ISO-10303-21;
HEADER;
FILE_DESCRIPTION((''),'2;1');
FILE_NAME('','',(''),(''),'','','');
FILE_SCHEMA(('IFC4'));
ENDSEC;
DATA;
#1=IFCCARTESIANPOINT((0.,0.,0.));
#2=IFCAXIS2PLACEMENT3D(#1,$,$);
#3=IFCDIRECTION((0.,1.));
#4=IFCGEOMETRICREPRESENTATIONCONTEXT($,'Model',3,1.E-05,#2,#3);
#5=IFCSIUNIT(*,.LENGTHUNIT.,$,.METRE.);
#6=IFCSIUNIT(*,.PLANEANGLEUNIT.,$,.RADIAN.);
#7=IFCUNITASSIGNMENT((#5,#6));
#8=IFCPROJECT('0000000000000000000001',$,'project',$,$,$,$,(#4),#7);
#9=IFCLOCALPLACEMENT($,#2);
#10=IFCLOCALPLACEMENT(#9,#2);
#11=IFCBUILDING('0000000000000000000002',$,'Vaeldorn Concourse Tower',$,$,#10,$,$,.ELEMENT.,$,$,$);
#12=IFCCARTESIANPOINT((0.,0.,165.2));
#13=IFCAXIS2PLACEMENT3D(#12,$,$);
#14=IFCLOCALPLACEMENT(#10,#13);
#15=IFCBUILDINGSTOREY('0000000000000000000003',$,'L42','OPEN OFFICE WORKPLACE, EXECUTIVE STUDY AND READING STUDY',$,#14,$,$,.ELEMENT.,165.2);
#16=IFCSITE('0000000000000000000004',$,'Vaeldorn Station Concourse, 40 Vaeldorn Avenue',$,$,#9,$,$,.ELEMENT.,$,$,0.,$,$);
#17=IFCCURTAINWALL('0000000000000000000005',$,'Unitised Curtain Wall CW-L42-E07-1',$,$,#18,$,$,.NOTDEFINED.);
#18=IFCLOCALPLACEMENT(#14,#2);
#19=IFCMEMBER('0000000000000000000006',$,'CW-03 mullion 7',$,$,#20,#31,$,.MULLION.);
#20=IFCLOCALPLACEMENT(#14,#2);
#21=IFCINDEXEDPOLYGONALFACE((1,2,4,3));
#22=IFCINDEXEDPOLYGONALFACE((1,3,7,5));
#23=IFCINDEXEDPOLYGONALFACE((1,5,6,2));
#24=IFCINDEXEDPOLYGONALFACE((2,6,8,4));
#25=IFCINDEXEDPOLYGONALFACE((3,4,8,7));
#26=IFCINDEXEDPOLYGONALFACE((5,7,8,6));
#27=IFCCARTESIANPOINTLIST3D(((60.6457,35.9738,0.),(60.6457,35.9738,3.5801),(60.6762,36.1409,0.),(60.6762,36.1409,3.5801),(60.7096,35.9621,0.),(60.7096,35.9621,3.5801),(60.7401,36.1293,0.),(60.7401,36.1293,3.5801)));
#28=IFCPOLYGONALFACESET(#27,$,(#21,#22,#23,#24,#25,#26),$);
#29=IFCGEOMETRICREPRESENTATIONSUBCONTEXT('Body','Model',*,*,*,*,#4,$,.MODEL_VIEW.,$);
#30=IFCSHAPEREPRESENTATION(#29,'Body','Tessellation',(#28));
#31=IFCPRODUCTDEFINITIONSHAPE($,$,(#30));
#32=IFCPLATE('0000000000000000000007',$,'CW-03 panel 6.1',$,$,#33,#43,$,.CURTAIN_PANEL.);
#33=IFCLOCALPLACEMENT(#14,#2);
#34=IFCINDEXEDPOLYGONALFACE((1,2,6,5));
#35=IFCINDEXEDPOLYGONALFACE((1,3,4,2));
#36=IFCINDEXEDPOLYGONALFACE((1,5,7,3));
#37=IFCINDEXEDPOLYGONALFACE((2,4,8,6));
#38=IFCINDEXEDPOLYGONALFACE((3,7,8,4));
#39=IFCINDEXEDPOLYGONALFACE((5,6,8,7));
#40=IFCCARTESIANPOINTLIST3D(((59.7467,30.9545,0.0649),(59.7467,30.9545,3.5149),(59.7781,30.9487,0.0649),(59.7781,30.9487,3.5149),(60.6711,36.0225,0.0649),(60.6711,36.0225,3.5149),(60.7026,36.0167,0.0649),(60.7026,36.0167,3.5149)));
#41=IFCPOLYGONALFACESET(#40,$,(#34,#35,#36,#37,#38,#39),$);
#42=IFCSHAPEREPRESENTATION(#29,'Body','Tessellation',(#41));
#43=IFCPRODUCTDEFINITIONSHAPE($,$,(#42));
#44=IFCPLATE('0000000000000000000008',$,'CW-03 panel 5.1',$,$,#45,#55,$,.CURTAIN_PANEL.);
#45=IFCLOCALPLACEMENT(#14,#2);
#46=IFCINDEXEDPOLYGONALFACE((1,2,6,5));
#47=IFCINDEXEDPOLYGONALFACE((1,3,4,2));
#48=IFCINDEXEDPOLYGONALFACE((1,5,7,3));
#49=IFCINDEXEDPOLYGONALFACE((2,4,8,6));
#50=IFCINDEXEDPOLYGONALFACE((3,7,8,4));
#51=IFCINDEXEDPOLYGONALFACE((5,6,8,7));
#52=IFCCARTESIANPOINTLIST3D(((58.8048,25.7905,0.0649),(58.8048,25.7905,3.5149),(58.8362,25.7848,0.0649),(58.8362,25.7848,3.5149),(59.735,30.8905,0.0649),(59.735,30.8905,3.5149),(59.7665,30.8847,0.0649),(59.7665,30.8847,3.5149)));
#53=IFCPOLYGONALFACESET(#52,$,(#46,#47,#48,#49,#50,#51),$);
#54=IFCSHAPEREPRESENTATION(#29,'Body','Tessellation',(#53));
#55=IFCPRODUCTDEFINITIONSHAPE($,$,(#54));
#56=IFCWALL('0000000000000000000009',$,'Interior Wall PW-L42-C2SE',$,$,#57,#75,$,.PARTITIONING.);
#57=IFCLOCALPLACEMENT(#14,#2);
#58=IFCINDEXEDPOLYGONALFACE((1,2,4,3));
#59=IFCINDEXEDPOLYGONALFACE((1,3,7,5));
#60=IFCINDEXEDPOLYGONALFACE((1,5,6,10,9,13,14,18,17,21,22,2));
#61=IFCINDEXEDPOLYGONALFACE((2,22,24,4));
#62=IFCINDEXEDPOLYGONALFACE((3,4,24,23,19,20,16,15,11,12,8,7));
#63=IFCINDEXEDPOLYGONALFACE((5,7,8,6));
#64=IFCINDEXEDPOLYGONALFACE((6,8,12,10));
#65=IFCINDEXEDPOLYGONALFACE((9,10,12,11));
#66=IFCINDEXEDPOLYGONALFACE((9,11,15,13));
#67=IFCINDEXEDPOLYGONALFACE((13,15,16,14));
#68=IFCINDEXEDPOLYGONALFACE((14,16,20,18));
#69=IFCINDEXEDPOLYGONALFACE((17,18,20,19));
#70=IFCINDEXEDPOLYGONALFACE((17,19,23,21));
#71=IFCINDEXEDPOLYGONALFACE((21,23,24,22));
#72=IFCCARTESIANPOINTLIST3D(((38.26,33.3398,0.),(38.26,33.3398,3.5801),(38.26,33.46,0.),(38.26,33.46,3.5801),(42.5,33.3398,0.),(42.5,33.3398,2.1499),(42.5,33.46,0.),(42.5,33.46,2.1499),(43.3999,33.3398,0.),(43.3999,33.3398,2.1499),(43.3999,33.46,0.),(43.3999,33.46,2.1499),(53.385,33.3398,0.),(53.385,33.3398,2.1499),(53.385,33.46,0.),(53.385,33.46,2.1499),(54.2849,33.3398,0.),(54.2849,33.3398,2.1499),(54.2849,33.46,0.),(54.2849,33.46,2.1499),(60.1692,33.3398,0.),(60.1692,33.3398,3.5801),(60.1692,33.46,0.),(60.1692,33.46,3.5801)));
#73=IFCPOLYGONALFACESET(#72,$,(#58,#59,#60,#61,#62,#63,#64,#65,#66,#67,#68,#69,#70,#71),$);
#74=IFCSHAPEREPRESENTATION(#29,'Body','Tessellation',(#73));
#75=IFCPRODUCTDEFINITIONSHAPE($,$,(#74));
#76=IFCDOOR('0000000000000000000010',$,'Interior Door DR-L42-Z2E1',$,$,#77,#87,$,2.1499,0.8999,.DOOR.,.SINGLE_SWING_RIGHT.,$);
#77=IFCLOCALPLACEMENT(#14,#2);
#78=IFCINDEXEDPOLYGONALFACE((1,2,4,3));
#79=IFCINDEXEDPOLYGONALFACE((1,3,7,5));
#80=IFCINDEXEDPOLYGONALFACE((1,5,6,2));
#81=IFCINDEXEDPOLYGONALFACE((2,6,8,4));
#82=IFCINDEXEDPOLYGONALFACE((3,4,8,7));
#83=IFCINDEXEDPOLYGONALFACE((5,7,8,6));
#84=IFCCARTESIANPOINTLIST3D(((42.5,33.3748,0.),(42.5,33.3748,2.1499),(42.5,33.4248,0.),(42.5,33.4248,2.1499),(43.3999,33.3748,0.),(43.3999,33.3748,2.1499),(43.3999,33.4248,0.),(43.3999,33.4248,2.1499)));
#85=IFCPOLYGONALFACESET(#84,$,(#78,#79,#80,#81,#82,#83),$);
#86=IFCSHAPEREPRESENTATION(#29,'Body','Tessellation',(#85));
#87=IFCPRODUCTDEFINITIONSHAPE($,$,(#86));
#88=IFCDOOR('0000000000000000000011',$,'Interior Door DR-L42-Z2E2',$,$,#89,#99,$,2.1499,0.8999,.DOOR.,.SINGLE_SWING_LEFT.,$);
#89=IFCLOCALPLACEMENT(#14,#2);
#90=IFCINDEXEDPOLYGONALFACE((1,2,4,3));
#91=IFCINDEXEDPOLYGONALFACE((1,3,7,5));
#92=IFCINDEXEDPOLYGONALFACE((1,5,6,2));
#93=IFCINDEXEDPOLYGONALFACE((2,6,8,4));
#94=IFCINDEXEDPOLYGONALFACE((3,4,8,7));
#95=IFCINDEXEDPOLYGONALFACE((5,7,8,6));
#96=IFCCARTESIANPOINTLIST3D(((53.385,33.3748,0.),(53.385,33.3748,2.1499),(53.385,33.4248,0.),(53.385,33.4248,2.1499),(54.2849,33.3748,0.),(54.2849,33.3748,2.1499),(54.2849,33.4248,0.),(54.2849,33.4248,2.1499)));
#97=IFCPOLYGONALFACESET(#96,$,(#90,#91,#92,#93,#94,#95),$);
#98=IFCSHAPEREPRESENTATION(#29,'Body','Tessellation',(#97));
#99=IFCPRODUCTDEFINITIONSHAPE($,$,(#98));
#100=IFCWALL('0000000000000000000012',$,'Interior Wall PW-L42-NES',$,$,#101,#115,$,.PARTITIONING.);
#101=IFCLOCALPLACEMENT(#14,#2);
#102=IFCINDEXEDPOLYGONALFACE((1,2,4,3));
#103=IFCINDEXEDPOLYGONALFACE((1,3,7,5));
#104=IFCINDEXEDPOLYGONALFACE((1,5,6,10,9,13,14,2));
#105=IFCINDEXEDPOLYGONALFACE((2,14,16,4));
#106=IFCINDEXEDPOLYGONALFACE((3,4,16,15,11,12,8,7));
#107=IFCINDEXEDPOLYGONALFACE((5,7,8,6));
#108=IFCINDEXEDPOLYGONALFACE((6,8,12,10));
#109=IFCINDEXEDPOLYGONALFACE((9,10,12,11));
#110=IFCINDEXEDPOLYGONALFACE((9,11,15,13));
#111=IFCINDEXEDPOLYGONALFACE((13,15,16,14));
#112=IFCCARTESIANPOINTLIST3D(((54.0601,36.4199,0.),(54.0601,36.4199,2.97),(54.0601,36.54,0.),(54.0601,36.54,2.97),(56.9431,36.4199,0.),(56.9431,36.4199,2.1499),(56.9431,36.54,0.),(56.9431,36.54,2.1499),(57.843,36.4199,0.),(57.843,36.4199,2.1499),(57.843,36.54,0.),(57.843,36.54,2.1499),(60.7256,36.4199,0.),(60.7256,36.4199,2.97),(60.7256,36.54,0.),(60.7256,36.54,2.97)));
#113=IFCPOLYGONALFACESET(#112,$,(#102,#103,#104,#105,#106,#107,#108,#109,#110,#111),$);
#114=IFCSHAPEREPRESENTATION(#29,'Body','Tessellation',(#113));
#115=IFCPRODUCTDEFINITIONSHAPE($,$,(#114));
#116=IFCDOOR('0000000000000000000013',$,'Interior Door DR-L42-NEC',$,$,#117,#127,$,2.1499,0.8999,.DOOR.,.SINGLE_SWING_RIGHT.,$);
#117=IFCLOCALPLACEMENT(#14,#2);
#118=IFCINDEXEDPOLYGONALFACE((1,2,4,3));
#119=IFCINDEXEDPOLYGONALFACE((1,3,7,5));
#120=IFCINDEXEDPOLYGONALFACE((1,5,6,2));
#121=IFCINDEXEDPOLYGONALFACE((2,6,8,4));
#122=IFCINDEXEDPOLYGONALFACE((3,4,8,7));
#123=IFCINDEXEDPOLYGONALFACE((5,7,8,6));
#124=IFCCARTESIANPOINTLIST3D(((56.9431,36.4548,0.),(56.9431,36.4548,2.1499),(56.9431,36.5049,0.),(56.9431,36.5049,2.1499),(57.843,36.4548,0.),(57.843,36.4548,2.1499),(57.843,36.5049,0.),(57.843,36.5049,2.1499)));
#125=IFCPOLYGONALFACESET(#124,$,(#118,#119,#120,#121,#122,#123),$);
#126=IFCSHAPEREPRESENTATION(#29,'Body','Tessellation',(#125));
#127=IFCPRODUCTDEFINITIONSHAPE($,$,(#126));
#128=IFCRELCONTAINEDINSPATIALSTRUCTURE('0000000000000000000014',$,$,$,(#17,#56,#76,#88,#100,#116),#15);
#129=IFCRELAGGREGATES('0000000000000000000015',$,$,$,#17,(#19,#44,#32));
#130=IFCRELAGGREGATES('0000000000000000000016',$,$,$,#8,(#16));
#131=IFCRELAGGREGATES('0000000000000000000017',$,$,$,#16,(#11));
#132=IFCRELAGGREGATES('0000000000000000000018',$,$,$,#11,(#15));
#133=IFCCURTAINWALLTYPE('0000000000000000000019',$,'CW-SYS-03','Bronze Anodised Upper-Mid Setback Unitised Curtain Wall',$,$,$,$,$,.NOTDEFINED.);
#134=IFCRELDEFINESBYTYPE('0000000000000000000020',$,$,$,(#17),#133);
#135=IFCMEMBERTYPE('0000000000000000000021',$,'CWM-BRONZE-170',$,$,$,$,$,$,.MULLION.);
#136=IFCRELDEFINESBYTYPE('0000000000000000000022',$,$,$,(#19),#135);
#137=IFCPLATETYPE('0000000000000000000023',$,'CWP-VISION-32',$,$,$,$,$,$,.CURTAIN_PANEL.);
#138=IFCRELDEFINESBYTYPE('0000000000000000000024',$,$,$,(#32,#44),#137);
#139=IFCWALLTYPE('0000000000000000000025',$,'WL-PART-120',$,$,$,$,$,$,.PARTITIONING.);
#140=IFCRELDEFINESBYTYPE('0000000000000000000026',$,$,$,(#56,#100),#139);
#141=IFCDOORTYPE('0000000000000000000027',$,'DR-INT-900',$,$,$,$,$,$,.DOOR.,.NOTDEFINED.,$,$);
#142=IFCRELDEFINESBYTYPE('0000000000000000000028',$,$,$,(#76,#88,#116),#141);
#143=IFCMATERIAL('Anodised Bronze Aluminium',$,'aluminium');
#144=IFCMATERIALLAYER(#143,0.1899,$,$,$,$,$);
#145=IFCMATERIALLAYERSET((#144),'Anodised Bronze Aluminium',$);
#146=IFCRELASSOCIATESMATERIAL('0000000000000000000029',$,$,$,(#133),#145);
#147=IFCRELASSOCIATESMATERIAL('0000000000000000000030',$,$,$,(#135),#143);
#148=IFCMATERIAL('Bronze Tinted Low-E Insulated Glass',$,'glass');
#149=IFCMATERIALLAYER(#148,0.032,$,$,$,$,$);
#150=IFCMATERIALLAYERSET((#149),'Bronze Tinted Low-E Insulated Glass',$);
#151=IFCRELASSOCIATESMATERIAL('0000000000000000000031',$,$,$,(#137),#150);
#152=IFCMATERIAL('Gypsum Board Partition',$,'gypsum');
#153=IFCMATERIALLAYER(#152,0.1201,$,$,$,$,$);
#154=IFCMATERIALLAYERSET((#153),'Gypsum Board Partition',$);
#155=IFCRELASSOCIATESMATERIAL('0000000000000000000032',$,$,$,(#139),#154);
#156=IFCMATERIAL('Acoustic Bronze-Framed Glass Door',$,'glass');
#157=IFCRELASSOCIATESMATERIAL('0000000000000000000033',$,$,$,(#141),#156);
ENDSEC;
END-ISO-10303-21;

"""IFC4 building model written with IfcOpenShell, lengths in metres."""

from ifc_helpers import new_model, si_unit, direction, frame, frame_2d, origin, origin_2d, place, context, subcontext, project, spatial, rectangle, extrude, source, transform, mapped, material, layer, layer_set, material_profile, profile_set, type_object, element, fill, aggregate, save


model = new_model("IFC4")

# Units and contexts
model_context = context("Model", 3, precision=1e-05, world=origin(), true_north=direction((0.0, 1.0)))
body_context = subcontext(model_context, "Body", "Model", "MODEL_VIEW")
ifc_project = project(units=[si_unit("LENGTHUNIT", "METRE"), si_unit("PLANEANGLEUNIT", "RADIAN")], contexts=[model_context])

# Site, building, storey
site_placement = place(None, origin())
site = spatial("IfcSite", under=ifc_project, at=site_placement, Name="Vaeldorn Station Concourse, 40 Vaeldorn Avenue", CompositionType="ELEMENT", RefElevation=0.0)
building_placement = place(site_placement, origin())
building = spatial("IfcBuilding", under=site, at=building_placement, Name="Vaeldorn Concourse Tower", CompositionType="ELEMENT")
storey_placement = place(building_placement, frame((0.0, 0.0, 165.2)))
storey = spatial("IfcBuildingStorey", under=building, at=storey_placement, Name="L42", Description="OPEN OFFICE WORKPLACE, EXECUTIVE STUDY AND READING STUDY", CompositionType="ELEMENT", Elevation=165.2)

# Curtain wall, member, plates
ifc_material_1 = material(Name="Anodised Bronze Aluminium", Category="aluminium")
ifc_layer_1 = layer(ifc_material_1, 0.1899)
ifc_layer_set_1 = layer_set([ifc_layer_1], Name="Anodised Bronze Aluminium")
curtain_wall_type = type_object("IfcCurtainWallType", Name="CW-SYS-03", Description="Bronze Anodised Upper-Mid Setback Unitised Curtain Wall", PredefinedType="NOTDEFINED", material=ifc_layer_set_1)
curtain_wall_placement = place(storey_placement, origin())
curtain_wall = element("IfcCurtainWall", 1, at=curtain_wall_placement, inside=storey, type_object=curtain_wall_type, Name="Unitised Curtain Wall CW-L42-E07-1", PredefinedType="NOTDEFINED")
ifc_material_profile_1 = material_profile(ifc_material_1, rectangle(XDim=0.0649, YDim=0.1699, at=origin_2d()), Name="CWM 65x170")
ifc_profile_set_1 = profile_set([ifc_material_profile_1], Name="Anodised Bronze Aluminium")
member_type_1 = type_object("IfcMemberType", Name="CWM-BRONZE-170", PredefinedType="MULLION", material=ifc_profile_set_1)
shared_shape_1 = source(origin(), body_context, "Body", "SweptSolid", [
    extrude(rectangle(XDim=0.0649, YDim=0.1699, at=origin_2d()), origin(), (0.0, 0.0, 1.0), 3.5801),
])
member_1_placement = place(storey_placement, frame((60.6929, 36.0515, 0.0), z_axis=(0.0, 0.0, 1.0), x_axis=(-0.983768, 0.179446, 0.0)))
member_1 = element("IfcMember", 2, at=member_1_placement, type_object=member_type_1, Name="CW-03 mullion 7", PredefinedType="MULLION", context=body_context, shape_type="MappedRepresentation", body=[
    mapped(shared_shape_1, transform((0.0, 0.0, 0.0), scale=1.0)),
])
ifc_material_2 = material(Name="Bronze Tinted Low-E Insulated Glass", Category="glass")
ifc_layer_2 = layer(ifc_material_2, 0.032)
ifc_layer_set_2 = layer_set([ifc_layer_2], Name="Bronze Tinted Low-E Insulated Glass")
plate_type = type_object("IfcPlateType", Name="CWP-VISION-32", PredefinedType="CURTAIN_PANEL", material=ifc_layer_set_2)
shared_shape_2 = source(origin(), body_context, "Body", "SweptSolid", [
    extrude(rectangle(XDim=5.1516, YDim=0.032, at=origin_2d()), origin(), (0.0, 0.0, 1.0), 3.45),
])
plate_1_placement = place(storey_placement, frame((60.2246, 33.4856, 0.0649), z_axis=(0.0, 0.0, 1.0), x_axis=(0.179446, 0.983768, 0.0)))
plate_1 = element("IfcPlate", 3, at=plate_1_placement, type_object=plate_type, Name="CW-03 panel 6.1", PredefinedType="CURTAIN_PANEL", context=body_context, shape_type="MappedRepresentation", body=[
    mapped(shared_shape_2, transform((0.0, 0.0, 0.0), scale=1.0)),
])
shared_shape_3 = source(origin(), body_context, "Body", "SweptSolid", [
    extrude(rectangle(XDim=5.1841, YDim=0.032, at=origin_2d()), origin(), (0.0, 0.0, 1.0), 3.45),
])
plate_2_placement = place(storey_placement, frame((59.2856, 28.3376, 0.0649), z_axis=(0.0, 0.0, 1.0), x_axis=(0.179446, 0.983768, 0.0)))
plate_2 = element("IfcPlate", 4, at=plate_2_placement, type_object=plate_type, Name="CW-03 panel 5.1", PredefinedType="CURTAIN_PANEL", context=body_context, shape_type="MappedRepresentation", body=[
    mapped(shared_shape_3, transform((0.0, 0.0, 0.0), scale=1.0)),
])
aggregate(curtain_wall, [member_1, plate_2, plate_1])

# Wall, openings, doors
ifc_material_3 = material(Name="Gypsum Board Partition", Category="gypsum")
ifc_layer_3 = layer(ifc_material_3, 0.1201)
ifc_layer_set_3 = layer_set([ifc_layer_3], Name="Gypsum Board Partition")
wall_type = type_object("IfcWallType", Name="WL-PART-120", PredefinedType="PARTITIONING", material=ifc_layer_set_3)
wall_1_placement = place(storey_placement, frame((38.26, 33.3999, 0.0), z_axis=(0.0, 0.0, 1.0), x_axis=(1.0, 0.0, 0.0)))
wall_1 = element("IfcWall", 5, at=wall_1_placement, inside=storey, type_object=wall_type, Name="Interior Wall PW-L42-C2SE", PredefinedType="PARTITIONING", context=body_context, shape_type="SweptSolid", body=[
    extrude(rectangle(XDim=21.9092, YDim=0.1201, at=frame_2d((10.9546, 0.0))), origin(), (0.0, 0.0, 1.0), 3.5801),
])
opening_1_placement = place(wall_1_placement, frame((4.24, 0.0, 0.0)))
opening_1 = element("IfcOpeningElement", 6, at=opening_1_placement, cuts=wall_1, PredefinedType="OPENING", context=body_context, shape_type="SweptSolid", body=[
    extrude(rectangle(XDim=0.8999, YDim=2.1499, at=frame_2d((0.45, 1.075))), frame((0.0, 0.0701, 0.0), z_axis=(0.0, -1.0, 0.0), x_axis=(1.0, 0.0, 0.0)), (0.0, 0.0, 1.0), 0.1401),
])
opening_2_placement = place(wall_1_placement, frame((15.125, 0.0, 0.0)))
opening_2 = element("IfcOpeningElement", 7, at=opening_2_placement, cuts=wall_1, PredefinedType="OPENING", context=body_context, shape_type="SweptSolid", body=[
    extrude(rectangle(XDim=0.8999, YDim=2.1499, at=frame_2d((0.45, 1.075))), frame((0.0, 0.0701, 0.0), z_axis=(0.0, -1.0, 0.0), x_axis=(1.0, 0.0, 0.0)), (0.0, 0.0, 1.0), 0.1401),
])
ifc_material_4 = material(Name="Acoustic Bronze-Framed Glass Door", Category="glass")
door_type = type_object("IfcDoorType", Name="DR-INT-900", OperationType="NOTDEFINED", PredefinedType="DOOR", material=ifc_material_4)
shared_shape_4 = source(origin(), body_context, "Body", "SweptSolid", [
    extrude(rectangle(XDim=0.8999, YDim=2.1499, at=frame_2d((0.45, 1.075))), frame((0.0, 0.0249, 0.0), z_axis=(0.0, -1.0, 0.0), x_axis=(1.0, 0.0, 0.0)), (0.0, 0.0, 1.0), 0.05),
])
door_1_placement = place(opening_1_placement, origin())
door_1 = element("IfcDoor", 8, at=door_1_placement, inside=storey, type_object=door_type, Name="Interior Door DR-L42-Z2E1", OperationType="SINGLE_SWING_RIGHT", OverallHeight=2.1499, OverallWidth=0.8999, PredefinedType="DOOR", context=body_context, shape_type="MappedRepresentation", body=[
    mapped(shared_shape_4, transform((0.0, 0.0, 0.0), scale=1.0)),
])
fill(opening_1, door_1)
door_2_placement = place(opening_2_placement, origin())
door_2 = element("IfcDoor", 9, at=door_2_placement, inside=storey, type_object=door_type, Name="Interior Door DR-L42-Z2E2", OperationType="SINGLE_SWING_LEFT", OverallHeight=2.1499, OverallWidth=0.8999, PredefinedType="DOOR", context=body_context, shape_type="MappedRepresentation", body=[
    mapped(shared_shape_4, transform((0.0, 0.0, 0.0), scale=1.0)),
])
fill(opening_2, door_2)

# Wall, opening, door
wall_2_placement = place(storey_placement, frame((54.0601, 36.48, 0.0), z_axis=(0.0, 0.0, 1.0), x_axis=(1.0, 0.0, 0.0)))
wall_2 = element("IfcWall", 10, at=wall_2_placement, inside=storey, type_object=wall_type, Name="Interior Wall PW-L42-NES", PredefinedType="PARTITIONING", context=body_context, shape_type="SweptSolid", body=[
    extrude(rectangle(XDim=6.6655, YDim=0.1201, at=frame_2d((3.3328, 0.0))), origin(), (0.0, 0.0, 1.0), 2.97),
])
opening_3_placement = place(wall_2_placement, frame((2.8831, 0.0, 0.0)))
opening_3 = element("IfcOpeningElement", 11, at=opening_3_placement, cuts=wall_2, PredefinedType="OPENING", context=body_context, shape_type="SweptSolid", body=[
    extrude(rectangle(XDim=0.8999, YDim=2.1499, at=frame_2d((0.45, 1.075))), frame((0.0, 0.0701, 0.0), z_axis=(0.0, -1.0, 0.0), x_axis=(1.0, 0.0, 0.0)), (0.0, 0.0, 1.0), 0.1401),
])
door_3_placement = place(opening_3_placement, origin())
door_3 = element("IfcDoor", 12, at=door_3_placement, inside=storey, type_object=door_type, Name="Interior Door DR-L42-NEC", OperationType="SINGLE_SWING_RIGHT", OverallHeight=2.1499, OverallWidth=0.8999, PredefinedType="DOOR", context=body_context, shape_type="MappedRepresentation", body=[
    mapped(shared_shape_4, transform((0.0, 0.0, 0.0), scale=1.0)),
])
fill(opening_3, door_3)

save(model, "model.ifc")
